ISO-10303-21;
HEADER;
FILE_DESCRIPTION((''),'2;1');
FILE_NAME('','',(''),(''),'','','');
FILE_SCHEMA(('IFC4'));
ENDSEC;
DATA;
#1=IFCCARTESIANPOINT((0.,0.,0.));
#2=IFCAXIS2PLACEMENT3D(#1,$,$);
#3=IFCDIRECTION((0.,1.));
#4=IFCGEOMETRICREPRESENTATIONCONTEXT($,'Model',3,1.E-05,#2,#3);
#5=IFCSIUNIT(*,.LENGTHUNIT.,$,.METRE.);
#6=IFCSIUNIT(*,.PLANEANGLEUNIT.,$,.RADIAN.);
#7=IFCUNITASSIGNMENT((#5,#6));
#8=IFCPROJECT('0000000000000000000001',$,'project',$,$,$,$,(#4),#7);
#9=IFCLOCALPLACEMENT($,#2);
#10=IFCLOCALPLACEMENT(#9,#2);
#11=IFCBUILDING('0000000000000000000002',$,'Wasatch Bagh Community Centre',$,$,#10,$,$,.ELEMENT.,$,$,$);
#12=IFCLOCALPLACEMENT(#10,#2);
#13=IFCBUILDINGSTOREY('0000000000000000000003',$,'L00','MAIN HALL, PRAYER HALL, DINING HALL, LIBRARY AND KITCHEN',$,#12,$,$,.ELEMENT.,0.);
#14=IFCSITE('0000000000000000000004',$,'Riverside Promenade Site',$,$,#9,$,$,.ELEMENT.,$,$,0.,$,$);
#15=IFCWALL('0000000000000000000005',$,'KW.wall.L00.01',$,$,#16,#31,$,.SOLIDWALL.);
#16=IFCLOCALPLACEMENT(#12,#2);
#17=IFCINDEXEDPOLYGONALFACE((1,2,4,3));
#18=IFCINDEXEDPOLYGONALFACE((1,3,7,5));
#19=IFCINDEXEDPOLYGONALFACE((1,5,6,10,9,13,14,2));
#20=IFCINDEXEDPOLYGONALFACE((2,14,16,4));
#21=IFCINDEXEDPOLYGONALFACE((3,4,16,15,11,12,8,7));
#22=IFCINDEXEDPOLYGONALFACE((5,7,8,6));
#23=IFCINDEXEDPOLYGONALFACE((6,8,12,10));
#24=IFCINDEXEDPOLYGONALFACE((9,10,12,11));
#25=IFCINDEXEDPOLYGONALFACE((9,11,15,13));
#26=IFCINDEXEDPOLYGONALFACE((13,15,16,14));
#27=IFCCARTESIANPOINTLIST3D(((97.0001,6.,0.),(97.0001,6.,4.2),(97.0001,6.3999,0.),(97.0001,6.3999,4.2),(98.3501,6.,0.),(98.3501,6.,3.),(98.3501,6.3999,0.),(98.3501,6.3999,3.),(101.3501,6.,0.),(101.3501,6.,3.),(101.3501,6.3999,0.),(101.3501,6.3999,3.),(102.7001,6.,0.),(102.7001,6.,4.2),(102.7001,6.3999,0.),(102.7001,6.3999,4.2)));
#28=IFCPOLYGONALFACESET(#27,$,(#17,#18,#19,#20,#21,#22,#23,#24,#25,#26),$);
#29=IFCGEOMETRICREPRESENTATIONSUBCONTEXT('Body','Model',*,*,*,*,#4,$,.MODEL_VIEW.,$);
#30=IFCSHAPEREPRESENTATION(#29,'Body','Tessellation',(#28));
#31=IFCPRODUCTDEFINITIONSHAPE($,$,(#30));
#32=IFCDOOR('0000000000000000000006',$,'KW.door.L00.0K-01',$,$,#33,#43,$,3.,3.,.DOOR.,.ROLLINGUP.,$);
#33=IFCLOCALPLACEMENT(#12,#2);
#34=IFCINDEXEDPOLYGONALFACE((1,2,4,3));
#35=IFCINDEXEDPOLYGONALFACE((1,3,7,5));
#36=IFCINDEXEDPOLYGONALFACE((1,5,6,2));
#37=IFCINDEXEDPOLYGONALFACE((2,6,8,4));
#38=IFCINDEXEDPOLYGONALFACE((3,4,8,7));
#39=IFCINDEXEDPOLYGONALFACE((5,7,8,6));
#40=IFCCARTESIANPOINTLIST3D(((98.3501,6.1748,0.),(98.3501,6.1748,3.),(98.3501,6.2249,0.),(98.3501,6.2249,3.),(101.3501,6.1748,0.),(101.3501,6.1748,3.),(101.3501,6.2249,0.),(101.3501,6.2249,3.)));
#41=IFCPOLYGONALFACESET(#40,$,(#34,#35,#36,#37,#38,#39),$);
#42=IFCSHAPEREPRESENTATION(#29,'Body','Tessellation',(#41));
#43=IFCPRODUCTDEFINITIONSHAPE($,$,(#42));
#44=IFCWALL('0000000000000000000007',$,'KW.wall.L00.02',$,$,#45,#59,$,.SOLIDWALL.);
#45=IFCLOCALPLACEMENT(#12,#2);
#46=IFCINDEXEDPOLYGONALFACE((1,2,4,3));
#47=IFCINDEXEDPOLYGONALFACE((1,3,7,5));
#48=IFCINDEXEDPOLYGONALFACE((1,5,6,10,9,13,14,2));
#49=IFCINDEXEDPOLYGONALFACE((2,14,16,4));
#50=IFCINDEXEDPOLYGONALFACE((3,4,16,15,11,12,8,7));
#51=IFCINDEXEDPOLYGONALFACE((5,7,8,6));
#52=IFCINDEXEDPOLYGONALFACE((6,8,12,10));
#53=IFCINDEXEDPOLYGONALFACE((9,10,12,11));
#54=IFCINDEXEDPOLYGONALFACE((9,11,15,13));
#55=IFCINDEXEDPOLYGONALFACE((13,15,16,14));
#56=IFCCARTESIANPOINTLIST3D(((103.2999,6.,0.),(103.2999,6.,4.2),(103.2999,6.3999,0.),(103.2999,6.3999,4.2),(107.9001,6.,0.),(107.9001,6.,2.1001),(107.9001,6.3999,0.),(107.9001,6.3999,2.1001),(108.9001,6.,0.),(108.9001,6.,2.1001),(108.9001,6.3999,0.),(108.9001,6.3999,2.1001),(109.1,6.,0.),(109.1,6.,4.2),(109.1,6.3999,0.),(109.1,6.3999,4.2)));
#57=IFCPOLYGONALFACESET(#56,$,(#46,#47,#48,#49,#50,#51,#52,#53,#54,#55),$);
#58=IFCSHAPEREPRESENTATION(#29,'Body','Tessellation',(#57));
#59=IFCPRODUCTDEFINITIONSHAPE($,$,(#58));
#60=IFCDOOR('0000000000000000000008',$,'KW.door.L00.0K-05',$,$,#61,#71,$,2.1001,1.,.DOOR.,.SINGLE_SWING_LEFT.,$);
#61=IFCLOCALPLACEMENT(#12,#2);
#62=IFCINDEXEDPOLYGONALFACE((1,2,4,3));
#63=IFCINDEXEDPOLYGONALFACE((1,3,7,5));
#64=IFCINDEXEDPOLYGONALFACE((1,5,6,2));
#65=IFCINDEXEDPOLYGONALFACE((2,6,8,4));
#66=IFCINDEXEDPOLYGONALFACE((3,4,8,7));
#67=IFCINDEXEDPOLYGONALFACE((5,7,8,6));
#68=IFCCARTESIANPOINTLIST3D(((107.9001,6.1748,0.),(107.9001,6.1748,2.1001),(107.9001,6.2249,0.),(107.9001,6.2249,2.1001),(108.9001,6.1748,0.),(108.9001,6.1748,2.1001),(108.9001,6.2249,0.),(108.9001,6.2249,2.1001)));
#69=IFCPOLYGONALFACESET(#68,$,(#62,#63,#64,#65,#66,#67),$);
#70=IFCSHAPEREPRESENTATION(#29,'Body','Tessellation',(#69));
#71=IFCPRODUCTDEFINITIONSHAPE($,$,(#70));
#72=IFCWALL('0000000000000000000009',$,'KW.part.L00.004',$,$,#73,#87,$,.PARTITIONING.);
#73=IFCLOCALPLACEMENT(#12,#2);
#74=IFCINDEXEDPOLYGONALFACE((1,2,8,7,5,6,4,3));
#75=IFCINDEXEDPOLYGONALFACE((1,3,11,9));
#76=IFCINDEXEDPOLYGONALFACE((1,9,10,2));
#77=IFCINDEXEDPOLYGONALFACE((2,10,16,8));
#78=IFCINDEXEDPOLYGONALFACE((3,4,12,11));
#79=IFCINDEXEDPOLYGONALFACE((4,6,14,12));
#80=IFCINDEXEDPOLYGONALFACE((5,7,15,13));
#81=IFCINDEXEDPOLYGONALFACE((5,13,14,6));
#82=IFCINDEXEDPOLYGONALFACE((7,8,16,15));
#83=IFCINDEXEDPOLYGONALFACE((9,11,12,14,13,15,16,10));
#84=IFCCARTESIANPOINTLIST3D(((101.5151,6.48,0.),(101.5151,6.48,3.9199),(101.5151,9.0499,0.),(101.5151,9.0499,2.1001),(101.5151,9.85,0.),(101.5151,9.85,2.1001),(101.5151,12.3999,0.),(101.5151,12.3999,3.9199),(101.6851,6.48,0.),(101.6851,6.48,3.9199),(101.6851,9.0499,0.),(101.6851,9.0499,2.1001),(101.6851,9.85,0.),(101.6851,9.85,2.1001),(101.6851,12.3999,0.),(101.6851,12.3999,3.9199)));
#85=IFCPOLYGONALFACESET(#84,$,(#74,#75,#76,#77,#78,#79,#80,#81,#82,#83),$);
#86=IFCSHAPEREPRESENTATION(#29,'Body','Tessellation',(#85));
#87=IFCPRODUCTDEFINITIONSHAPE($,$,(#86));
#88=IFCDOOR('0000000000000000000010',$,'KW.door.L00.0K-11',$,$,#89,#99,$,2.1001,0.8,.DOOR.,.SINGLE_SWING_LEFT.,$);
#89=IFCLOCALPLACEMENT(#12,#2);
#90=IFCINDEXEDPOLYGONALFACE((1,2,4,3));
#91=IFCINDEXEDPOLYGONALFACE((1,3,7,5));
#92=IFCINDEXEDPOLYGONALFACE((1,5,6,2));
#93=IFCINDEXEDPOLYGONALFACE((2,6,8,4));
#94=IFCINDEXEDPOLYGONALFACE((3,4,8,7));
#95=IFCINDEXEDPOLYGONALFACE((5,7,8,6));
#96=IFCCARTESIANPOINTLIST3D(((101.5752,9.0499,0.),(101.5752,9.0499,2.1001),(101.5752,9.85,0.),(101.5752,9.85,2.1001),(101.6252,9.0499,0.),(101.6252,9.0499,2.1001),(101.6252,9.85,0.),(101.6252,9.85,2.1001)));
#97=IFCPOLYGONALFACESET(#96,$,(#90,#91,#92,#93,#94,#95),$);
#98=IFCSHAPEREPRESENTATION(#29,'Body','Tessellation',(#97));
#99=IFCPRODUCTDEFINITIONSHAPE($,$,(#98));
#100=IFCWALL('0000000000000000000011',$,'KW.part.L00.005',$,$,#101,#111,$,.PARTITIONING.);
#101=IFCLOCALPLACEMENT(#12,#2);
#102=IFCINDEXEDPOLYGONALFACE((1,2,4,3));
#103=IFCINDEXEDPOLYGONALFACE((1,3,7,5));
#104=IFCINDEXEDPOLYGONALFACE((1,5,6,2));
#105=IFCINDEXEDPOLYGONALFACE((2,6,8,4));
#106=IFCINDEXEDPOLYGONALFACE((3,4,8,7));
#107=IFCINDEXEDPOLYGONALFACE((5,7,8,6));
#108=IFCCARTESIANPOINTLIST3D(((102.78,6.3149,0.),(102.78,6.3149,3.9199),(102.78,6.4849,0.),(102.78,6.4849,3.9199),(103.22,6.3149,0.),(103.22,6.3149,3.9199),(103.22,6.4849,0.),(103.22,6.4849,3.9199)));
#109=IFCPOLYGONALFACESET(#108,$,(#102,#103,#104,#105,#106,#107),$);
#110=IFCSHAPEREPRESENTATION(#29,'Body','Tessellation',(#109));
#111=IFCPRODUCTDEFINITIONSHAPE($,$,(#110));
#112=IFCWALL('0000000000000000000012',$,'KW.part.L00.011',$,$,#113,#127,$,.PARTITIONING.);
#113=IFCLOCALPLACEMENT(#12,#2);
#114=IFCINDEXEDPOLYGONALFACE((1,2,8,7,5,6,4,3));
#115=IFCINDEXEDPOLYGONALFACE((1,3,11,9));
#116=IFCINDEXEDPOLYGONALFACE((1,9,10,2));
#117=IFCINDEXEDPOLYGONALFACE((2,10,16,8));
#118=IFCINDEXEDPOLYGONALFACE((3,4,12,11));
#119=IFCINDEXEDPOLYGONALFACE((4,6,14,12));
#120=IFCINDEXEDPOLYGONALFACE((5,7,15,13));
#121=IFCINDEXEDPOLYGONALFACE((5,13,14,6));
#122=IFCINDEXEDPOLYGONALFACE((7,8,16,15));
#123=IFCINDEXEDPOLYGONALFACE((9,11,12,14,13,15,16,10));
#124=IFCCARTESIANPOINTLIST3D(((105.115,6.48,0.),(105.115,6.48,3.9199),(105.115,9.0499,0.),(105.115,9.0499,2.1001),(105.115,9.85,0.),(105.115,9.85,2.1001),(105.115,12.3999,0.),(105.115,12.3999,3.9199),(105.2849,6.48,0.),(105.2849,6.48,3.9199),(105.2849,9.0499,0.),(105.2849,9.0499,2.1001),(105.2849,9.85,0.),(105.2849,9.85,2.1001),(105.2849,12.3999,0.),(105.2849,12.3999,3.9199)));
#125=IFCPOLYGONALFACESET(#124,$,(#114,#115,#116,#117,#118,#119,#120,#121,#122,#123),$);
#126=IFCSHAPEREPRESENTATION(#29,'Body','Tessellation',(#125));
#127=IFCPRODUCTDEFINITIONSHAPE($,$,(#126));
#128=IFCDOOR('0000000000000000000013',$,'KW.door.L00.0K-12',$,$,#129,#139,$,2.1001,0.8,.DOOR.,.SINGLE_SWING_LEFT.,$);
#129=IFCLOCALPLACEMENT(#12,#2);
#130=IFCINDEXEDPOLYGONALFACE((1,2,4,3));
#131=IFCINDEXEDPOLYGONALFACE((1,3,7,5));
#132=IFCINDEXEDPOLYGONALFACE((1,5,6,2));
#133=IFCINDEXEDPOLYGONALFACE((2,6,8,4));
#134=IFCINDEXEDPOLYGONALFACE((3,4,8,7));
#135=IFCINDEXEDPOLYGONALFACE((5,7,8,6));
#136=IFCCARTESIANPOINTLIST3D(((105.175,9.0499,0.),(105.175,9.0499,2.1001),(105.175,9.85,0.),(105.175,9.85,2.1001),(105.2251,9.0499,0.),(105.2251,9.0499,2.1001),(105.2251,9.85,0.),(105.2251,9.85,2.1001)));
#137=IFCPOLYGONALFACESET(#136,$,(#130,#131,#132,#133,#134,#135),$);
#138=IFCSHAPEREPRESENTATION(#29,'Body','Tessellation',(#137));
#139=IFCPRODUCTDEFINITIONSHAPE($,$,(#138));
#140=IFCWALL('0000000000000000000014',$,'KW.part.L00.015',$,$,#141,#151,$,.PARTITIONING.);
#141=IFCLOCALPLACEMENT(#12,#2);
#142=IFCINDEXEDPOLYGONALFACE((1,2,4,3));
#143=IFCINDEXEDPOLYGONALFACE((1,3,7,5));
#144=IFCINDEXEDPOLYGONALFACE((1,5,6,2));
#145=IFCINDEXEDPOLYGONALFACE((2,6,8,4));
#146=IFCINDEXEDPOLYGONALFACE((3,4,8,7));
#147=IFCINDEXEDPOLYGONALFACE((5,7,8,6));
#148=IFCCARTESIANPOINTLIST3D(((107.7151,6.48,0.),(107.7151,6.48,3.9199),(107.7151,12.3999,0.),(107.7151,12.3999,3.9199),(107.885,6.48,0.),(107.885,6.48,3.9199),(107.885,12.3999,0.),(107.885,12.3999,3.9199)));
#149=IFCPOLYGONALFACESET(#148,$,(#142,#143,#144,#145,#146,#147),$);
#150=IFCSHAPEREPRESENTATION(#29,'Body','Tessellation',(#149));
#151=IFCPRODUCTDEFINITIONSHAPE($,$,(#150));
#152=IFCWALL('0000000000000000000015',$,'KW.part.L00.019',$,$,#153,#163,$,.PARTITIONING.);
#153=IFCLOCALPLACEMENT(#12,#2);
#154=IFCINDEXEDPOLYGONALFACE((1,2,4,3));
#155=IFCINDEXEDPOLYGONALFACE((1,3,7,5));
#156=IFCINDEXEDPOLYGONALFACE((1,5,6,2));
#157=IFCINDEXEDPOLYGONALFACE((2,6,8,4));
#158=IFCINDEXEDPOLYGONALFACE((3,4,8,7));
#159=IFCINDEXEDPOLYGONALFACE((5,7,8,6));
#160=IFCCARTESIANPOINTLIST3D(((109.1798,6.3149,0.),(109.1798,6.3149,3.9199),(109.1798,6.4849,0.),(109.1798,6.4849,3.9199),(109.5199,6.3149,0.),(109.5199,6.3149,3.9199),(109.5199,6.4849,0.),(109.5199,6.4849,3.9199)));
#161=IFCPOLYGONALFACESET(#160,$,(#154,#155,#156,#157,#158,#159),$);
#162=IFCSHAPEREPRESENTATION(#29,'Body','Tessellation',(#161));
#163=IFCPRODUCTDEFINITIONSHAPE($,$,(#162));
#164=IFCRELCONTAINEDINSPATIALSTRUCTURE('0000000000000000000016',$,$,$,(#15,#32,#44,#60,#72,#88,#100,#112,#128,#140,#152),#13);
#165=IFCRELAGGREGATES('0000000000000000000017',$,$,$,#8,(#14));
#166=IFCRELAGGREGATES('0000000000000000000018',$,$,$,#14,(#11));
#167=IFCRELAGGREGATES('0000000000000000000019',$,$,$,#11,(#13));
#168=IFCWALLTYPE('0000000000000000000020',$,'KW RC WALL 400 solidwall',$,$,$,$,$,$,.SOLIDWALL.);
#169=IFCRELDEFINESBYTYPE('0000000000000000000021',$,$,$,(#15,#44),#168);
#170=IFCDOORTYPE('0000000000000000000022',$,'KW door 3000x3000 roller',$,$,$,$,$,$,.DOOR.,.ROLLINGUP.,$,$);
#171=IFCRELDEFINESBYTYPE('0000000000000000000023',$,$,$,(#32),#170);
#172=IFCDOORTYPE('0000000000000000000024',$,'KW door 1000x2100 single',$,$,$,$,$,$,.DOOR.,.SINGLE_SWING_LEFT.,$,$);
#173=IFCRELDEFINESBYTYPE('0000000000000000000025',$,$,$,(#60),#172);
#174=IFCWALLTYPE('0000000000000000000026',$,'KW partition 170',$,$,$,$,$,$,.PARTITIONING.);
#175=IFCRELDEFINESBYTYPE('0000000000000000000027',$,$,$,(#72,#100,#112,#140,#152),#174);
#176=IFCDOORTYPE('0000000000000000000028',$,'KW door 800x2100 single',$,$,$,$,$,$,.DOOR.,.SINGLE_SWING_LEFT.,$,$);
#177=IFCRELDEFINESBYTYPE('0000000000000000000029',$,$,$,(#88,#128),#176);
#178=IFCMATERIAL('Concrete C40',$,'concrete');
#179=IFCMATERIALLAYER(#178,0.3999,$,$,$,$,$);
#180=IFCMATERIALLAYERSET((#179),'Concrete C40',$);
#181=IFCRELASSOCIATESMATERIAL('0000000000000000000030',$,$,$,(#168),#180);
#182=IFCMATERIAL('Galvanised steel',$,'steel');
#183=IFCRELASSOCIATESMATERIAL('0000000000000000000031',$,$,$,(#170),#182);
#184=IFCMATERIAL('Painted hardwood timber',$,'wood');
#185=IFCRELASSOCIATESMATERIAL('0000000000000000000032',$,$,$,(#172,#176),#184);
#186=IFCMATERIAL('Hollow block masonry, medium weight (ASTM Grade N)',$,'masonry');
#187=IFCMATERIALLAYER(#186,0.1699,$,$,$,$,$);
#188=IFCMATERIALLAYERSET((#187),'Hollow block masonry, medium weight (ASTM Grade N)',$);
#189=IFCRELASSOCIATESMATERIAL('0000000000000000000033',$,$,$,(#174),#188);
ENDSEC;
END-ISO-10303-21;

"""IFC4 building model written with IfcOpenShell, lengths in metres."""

from ifc_helpers import new_model, si_unit, direction, frame, frame_2d, origin, place, context, subcontext, project, spatial, rectangle, extrude, material, layer, layer_set, type_object, element, fill, save


model = new_model("IFC4")

# Units and contexts
model_context = context("Model", 3, precision=1e-05, world=origin(), true_north=direction((0.0, 1.0)))
body_context = subcontext(model_context, "Body", "Model", "MODEL_VIEW")
ifc_project = project(units=[si_unit("LENGTHUNIT", "METRE"), si_unit("PLANEANGLEUNIT", "RADIAN")], contexts=[model_context])

# Site, building, storey
site_placement = place(None, origin())
site = spatial("IfcSite", under=ifc_project, at=site_placement, Name="Riverside Promenade Site", CompositionType="ELEMENT", RefElevation=0.0)
building_placement = place(site_placement, origin())
building = spatial("IfcBuilding", under=site, at=building_placement, Name="Wasatch Bagh Community Centre", CompositionType="ELEMENT")
storey_placement = place(building_placement, origin())
storey = spatial("IfcBuildingStorey", under=building, at=storey_placement, Name="L00", Description="MAIN HALL, PRAYER HALL, DINING HALL, LIBRARY AND KITCHEN", CompositionType="ELEMENT", Elevation=0.0)

# Shared definitions
ifc_material_1 = material(Name="Concrete C40", Category="concrete")

# Walls, openings, doors
ifc_layer_1 = layer(ifc_material_1, 0.3999)
ifc_layer_set_1 = layer_set([ifc_layer_1], Name="Concrete C40")
wall_type_1 = type_object("IfcWallType", Name="KW RC WALL 400 solidwall", PredefinedType="SOLIDWALL", material=ifc_layer_set_1)
wall_1_placement = place(storey_placement, frame((97.0, 6.2, 0.0), z_axis=(0.0, 0.0, 1.0), x_axis=(1.0, 0.0, 0.0)))
wall_1 = element("IfcWall", 1, at=wall_1_placement, inside=storey, type_object=wall_type_1, Name="KW.wall.L00.01", PredefinedType="SOLIDWALL", context=body_context, shape_type="SweptSolid", body=[
    extrude(rectangle(XDim=5.7, YDim=0.3999, at=frame_2d((2.8501, 0.0))), origin(), (0.0, 0.0, 1.0), 4.2),
])
opening_1_placement = place(wall_1_placement, frame((1.3501, 0.0, 0.0)))
opening_1 = element("IfcOpeningElement", 2, at=opening_1_placement, cuts=wall_1, PredefinedType="OPENING", context=body_context, shape_type="SweptSolid", body=[
    extrude(rectangle(XDim=3.0, YDim=3.0, at=frame_2d((1.5, 1.5))), frame((0.0, 0.21, 0.0), z_axis=(0.0, -1.0, 0.0), x_axis=(1.0, 0.0, 0.0)), (0.0, 0.0, 1.0), 0.4199),
])
ifc_material_2 = material(Name="Galvanised steel", Category="steel")
door_type_1 = type_object("IfcDoorType", Name="KW door 3000x3000 roller", OperationType="ROLLINGUP", PredefinedType="DOOR", material=ifc_material_2)
door_1_placement = place(opening_1_placement, origin())
door_1 = element("IfcDoor", 3, at=door_1_placement, inside=storey, type_object=door_type_1, Name="KW.door.L00.0K-01", OperationType="ROLLINGUP", OverallHeight=3.0, OverallWidth=3.0, PredefinedType="DOOR", context=body_context, shape_type="SweptSolid", body=[
    extrude(rectangle(XDim=3.0, YDim=3.0, at=frame_2d((1.5, 1.5))), frame((0.0, 0.0249, 0.0), z_axis=(0.0, -1.0, 0.0), x_axis=(1.0, 0.0, 0.0)), (0.0, 0.0, 1.0), 0.05),
])
fill(opening_1, door_1)
wall_2_placement = place(storey_placement, frame((103.3, 6.2, 0.0), z_axis=(0.0, 0.0, 1.0), x_axis=(1.0, 0.0, 0.0)))
wall_2 = element("IfcWall", 4, at=wall_2_placement, inside=storey, type_object=wall_type_1, Name="KW.wall.L00.02", PredefinedType="SOLIDWALL", context=body_context, shape_type="SweptSolid", body=[
    extrude(rectangle(XDim=5.8, YDim=0.3999, at=frame_2d((2.8999, 0.0))), origin(), (0.0, 0.0, 1.0), 4.2),
])
opening_2_placement = place(wall_2_placement, frame((4.6001, 0.0, 0.0)))
opening_2 = element("IfcOpeningElement", 5, at=opening_2_placement, cuts=wall_2, PredefinedType="OPENING", context=body_context, shape_type="SweptSolid", body=[
    extrude(rectangle(XDim=1.0, YDim=2.1001, at=frame_2d((0.5, 1.05))), frame((0.0, 0.21, 0.0), z_axis=(0.0, -1.0, 0.0), x_axis=(1.0, 0.0, 0.0)), (0.0, 0.0, 1.0), 0.4199),
])
ifc_material_3 = material(Name="Painted hardwood timber", Category="wood")
door_type_2 = type_object("IfcDoorType", Name="KW door 1000x2100 single", OperationType="SINGLE_SWING_LEFT", PredefinedType="DOOR", material=ifc_material_3)
door_2_placement = place(opening_2_placement, origin())
door_2 = element("IfcDoor", 6, at=door_2_placement, inside=storey, type_object=door_type_2, Name="KW.door.L00.0K-05", OperationType="SINGLE_SWING_LEFT", OverallHeight=2.1001, OverallWidth=1.0, PredefinedType="DOOR", context=body_context, shape_type="SweptSolid", body=[
    extrude(rectangle(XDim=1.0, YDim=2.1001, at=frame_2d((0.5, 1.05))), frame((0.0, 0.0249, 0.0), z_axis=(0.0, -1.0, 0.0), x_axis=(1.0, 0.0, 0.0)), (0.0, 0.0, 1.0), 0.05),
])
fill(opening_2, door_2)
ifc_material_4 = material(Name="Hollow block masonry, medium weight (ASTM Grade N)", Category="masonry")
ifc_layer_2 = layer(ifc_material_4, 0.1699)
ifc_layer_set_2 = layer_set([ifc_layer_2], Name="Hollow block masonry, medium weight (ASTM Grade N)")
wall_type_2 = type_object("IfcWallType", Name="KW partition 170", PredefinedType="PARTITIONING", material=ifc_layer_set_2)
wall_3_placement = place(storey_placement, frame((101.6001, 6.48, 0.0), z_axis=(0.0, 0.0, 1.0), x_axis=(0.0, 1.0, 0.0)))
wall_3 = element("IfcWall", 7, at=wall_3_placement, inside=storey, type_object=wall_type_2, Name="KW.part.L00.004", PredefinedType="PARTITIONING", context=body_context, shape_type="SweptSolid", body=[
    extrude(rectangle(XDim=5.9199, YDim=0.1699, at=frame_2d((2.96, 0.0))), origin(), (0.0, 0.0, 1.0), 3.9199),
])
opening_3_placement = place(wall_3_placement, frame((2.5701, 0.0, 0.0)))
opening_3 = element("IfcOpeningElement", 8, at=opening_3_placement, cuts=wall_3, PredefinedType="OPENING", context=body_context, shape_type="SweptSolid", body=[
    extrude(rectangle(XDim=0.8, YDim=2.1001, at=frame_2d((0.3999, 1.05))), frame((0.0, 0.095, 0.0), z_axis=(0.0, -1.0, 0.0), x_axis=(1.0, 0.0, 0.0)), (0.0, 0.0, 1.0), 0.1899),
])
door_type_3 = type_object("IfcDoorType", Name="KW door 800x2100 single", OperationType="SINGLE_SWING_LEFT", PredefinedType="DOOR", material=ifc_material_3)
door_3_placement = place(opening_3_placement, origin())
door_3 = element("IfcDoor", 9, at=door_3_placement, inside=storey, type_object=door_type_3, Name="KW.door.L00.0K-11", OperationType="SINGLE_SWING_LEFT", OverallHeight=2.1001, OverallWidth=0.8, PredefinedType="DOOR", context=body_context, shape_type="SweptSolid", body=[
    extrude(rectangle(XDim=0.8, YDim=2.1001, at=frame_2d((0.3999, 1.05))), frame((0.0, 0.0249, 0.0), z_axis=(0.0, -1.0, 0.0), x_axis=(1.0, 0.0, 0.0)), (0.0, 0.0, 1.0), 0.05),
])
fill(opening_3, door_3)

# Wall
wall_4_placement = place(storey_placement, frame((102.78, 6.3999, 0.0), z_axis=(0.0, 0.0, 1.0), x_axis=(1.0, 0.0, 0.0)))
element("IfcWall", 10, at=wall_4_placement, inside=storey, type_object=wall_type_2, Name="KW.part.L00.005", PredefinedType="PARTITIONING", context=body_context, shape_type="SweptSolid", body=[
    extrude(rectangle(XDim=0.4399, YDim=0.1699, at=frame_2d((0.22, 0.0))), origin(), (0.0, 0.0, 1.0), 3.9199),
])

# Wall, opening, door
wall_5_placement = place(storey_placement, frame((105.2, 6.48, 0.0), z_axis=(0.0, 0.0, 1.0), x_axis=(0.0, 1.0, 0.0)))
wall_5 = element("IfcWall", 11, at=wall_5_placement, inside=storey, type_object=wall_type_2, Name="KW.part.L00.011", PredefinedType="PARTITIONING", context=body_context, shape_type="SweptSolid", body=[
    extrude(rectangle(XDim=5.9199, YDim=0.1699, at=frame_2d((2.96, 0.0))), origin(), (0.0, 0.0, 1.0), 3.9199),
])
opening_4_placement = place(wall_5_placement, frame((2.5701, 0.0, 0.0)))
opening_4 = element("IfcOpeningElement", 12, at=opening_4_placement, cuts=wall_5, PredefinedType="OPENING", context=body_context, shape_type="SweptSolid", body=[
    extrude(rectangle(XDim=0.8, YDim=2.1001, at=frame_2d((0.3999, 1.05))), frame((0.0, 0.095, 0.0), z_axis=(0.0, -1.0, 0.0), x_axis=(1.0, 0.0, 0.0)), (0.0, 0.0, 1.0), 0.1899),
])
door_4_placement = place(opening_4_placement, origin())
door_4 = element("IfcDoor", 13, at=door_4_placement, inside=storey, type_object=door_type_3, Name="KW.door.L00.0K-12", OperationType="SINGLE_SWING_LEFT", OverallHeight=2.1001, OverallWidth=0.8, PredefinedType="DOOR", context=body_context, shape_type="SweptSolid", body=[
    extrude(rectangle(XDim=0.8, YDim=2.1001, at=frame_2d((0.3999, 1.05))), frame((0.0, 0.0249, 0.0), z_axis=(0.0, -1.0, 0.0), x_axis=(1.0, 0.0, 0.0)), (0.0, 0.0, 1.0), 0.05),
])
fill(opening_4, door_4)

# Walls
wall_6_placement = place(storey_placement, frame((107.8, 6.48, 0.0), z_axis=(0.0, 0.0, 1.0), x_axis=(0.0, 1.0, 0.0)))
element("IfcWall", 14, at=wall_6_placement, inside=storey, type_object=wall_type_2, Name="KW.part.L00.015", PredefinedType="PARTITIONING", context=body_context, shape_type="SweptSolid", body=[
    extrude(rectangle(XDim=5.9199, YDim=0.1699, at=frame_2d((2.96, 0.0))), origin(), (0.0, 0.0, 1.0), 3.9199),
])
wall_7_placement = place(storey_placement, frame((109.1799, 6.3999, 0.0), z_axis=(0.0, 0.0, 1.0), x_axis=(1.0, 0.0, 0.0)))
element("IfcWall", 15, at=wall_7_placement, inside=storey, type_object=wall_type_2, Name="KW.part.L00.019", PredefinedType="PARTITIONING", context=body_context, shape_type="SweptSolid", body=[
    extrude(rectangle(XDim=0.3401, YDim=0.1699, at=frame_2d((0.1699, 0.0))), origin(), (0.0, 0.0, 1.0), 3.9199),
])

save(model, "model.ifc")
